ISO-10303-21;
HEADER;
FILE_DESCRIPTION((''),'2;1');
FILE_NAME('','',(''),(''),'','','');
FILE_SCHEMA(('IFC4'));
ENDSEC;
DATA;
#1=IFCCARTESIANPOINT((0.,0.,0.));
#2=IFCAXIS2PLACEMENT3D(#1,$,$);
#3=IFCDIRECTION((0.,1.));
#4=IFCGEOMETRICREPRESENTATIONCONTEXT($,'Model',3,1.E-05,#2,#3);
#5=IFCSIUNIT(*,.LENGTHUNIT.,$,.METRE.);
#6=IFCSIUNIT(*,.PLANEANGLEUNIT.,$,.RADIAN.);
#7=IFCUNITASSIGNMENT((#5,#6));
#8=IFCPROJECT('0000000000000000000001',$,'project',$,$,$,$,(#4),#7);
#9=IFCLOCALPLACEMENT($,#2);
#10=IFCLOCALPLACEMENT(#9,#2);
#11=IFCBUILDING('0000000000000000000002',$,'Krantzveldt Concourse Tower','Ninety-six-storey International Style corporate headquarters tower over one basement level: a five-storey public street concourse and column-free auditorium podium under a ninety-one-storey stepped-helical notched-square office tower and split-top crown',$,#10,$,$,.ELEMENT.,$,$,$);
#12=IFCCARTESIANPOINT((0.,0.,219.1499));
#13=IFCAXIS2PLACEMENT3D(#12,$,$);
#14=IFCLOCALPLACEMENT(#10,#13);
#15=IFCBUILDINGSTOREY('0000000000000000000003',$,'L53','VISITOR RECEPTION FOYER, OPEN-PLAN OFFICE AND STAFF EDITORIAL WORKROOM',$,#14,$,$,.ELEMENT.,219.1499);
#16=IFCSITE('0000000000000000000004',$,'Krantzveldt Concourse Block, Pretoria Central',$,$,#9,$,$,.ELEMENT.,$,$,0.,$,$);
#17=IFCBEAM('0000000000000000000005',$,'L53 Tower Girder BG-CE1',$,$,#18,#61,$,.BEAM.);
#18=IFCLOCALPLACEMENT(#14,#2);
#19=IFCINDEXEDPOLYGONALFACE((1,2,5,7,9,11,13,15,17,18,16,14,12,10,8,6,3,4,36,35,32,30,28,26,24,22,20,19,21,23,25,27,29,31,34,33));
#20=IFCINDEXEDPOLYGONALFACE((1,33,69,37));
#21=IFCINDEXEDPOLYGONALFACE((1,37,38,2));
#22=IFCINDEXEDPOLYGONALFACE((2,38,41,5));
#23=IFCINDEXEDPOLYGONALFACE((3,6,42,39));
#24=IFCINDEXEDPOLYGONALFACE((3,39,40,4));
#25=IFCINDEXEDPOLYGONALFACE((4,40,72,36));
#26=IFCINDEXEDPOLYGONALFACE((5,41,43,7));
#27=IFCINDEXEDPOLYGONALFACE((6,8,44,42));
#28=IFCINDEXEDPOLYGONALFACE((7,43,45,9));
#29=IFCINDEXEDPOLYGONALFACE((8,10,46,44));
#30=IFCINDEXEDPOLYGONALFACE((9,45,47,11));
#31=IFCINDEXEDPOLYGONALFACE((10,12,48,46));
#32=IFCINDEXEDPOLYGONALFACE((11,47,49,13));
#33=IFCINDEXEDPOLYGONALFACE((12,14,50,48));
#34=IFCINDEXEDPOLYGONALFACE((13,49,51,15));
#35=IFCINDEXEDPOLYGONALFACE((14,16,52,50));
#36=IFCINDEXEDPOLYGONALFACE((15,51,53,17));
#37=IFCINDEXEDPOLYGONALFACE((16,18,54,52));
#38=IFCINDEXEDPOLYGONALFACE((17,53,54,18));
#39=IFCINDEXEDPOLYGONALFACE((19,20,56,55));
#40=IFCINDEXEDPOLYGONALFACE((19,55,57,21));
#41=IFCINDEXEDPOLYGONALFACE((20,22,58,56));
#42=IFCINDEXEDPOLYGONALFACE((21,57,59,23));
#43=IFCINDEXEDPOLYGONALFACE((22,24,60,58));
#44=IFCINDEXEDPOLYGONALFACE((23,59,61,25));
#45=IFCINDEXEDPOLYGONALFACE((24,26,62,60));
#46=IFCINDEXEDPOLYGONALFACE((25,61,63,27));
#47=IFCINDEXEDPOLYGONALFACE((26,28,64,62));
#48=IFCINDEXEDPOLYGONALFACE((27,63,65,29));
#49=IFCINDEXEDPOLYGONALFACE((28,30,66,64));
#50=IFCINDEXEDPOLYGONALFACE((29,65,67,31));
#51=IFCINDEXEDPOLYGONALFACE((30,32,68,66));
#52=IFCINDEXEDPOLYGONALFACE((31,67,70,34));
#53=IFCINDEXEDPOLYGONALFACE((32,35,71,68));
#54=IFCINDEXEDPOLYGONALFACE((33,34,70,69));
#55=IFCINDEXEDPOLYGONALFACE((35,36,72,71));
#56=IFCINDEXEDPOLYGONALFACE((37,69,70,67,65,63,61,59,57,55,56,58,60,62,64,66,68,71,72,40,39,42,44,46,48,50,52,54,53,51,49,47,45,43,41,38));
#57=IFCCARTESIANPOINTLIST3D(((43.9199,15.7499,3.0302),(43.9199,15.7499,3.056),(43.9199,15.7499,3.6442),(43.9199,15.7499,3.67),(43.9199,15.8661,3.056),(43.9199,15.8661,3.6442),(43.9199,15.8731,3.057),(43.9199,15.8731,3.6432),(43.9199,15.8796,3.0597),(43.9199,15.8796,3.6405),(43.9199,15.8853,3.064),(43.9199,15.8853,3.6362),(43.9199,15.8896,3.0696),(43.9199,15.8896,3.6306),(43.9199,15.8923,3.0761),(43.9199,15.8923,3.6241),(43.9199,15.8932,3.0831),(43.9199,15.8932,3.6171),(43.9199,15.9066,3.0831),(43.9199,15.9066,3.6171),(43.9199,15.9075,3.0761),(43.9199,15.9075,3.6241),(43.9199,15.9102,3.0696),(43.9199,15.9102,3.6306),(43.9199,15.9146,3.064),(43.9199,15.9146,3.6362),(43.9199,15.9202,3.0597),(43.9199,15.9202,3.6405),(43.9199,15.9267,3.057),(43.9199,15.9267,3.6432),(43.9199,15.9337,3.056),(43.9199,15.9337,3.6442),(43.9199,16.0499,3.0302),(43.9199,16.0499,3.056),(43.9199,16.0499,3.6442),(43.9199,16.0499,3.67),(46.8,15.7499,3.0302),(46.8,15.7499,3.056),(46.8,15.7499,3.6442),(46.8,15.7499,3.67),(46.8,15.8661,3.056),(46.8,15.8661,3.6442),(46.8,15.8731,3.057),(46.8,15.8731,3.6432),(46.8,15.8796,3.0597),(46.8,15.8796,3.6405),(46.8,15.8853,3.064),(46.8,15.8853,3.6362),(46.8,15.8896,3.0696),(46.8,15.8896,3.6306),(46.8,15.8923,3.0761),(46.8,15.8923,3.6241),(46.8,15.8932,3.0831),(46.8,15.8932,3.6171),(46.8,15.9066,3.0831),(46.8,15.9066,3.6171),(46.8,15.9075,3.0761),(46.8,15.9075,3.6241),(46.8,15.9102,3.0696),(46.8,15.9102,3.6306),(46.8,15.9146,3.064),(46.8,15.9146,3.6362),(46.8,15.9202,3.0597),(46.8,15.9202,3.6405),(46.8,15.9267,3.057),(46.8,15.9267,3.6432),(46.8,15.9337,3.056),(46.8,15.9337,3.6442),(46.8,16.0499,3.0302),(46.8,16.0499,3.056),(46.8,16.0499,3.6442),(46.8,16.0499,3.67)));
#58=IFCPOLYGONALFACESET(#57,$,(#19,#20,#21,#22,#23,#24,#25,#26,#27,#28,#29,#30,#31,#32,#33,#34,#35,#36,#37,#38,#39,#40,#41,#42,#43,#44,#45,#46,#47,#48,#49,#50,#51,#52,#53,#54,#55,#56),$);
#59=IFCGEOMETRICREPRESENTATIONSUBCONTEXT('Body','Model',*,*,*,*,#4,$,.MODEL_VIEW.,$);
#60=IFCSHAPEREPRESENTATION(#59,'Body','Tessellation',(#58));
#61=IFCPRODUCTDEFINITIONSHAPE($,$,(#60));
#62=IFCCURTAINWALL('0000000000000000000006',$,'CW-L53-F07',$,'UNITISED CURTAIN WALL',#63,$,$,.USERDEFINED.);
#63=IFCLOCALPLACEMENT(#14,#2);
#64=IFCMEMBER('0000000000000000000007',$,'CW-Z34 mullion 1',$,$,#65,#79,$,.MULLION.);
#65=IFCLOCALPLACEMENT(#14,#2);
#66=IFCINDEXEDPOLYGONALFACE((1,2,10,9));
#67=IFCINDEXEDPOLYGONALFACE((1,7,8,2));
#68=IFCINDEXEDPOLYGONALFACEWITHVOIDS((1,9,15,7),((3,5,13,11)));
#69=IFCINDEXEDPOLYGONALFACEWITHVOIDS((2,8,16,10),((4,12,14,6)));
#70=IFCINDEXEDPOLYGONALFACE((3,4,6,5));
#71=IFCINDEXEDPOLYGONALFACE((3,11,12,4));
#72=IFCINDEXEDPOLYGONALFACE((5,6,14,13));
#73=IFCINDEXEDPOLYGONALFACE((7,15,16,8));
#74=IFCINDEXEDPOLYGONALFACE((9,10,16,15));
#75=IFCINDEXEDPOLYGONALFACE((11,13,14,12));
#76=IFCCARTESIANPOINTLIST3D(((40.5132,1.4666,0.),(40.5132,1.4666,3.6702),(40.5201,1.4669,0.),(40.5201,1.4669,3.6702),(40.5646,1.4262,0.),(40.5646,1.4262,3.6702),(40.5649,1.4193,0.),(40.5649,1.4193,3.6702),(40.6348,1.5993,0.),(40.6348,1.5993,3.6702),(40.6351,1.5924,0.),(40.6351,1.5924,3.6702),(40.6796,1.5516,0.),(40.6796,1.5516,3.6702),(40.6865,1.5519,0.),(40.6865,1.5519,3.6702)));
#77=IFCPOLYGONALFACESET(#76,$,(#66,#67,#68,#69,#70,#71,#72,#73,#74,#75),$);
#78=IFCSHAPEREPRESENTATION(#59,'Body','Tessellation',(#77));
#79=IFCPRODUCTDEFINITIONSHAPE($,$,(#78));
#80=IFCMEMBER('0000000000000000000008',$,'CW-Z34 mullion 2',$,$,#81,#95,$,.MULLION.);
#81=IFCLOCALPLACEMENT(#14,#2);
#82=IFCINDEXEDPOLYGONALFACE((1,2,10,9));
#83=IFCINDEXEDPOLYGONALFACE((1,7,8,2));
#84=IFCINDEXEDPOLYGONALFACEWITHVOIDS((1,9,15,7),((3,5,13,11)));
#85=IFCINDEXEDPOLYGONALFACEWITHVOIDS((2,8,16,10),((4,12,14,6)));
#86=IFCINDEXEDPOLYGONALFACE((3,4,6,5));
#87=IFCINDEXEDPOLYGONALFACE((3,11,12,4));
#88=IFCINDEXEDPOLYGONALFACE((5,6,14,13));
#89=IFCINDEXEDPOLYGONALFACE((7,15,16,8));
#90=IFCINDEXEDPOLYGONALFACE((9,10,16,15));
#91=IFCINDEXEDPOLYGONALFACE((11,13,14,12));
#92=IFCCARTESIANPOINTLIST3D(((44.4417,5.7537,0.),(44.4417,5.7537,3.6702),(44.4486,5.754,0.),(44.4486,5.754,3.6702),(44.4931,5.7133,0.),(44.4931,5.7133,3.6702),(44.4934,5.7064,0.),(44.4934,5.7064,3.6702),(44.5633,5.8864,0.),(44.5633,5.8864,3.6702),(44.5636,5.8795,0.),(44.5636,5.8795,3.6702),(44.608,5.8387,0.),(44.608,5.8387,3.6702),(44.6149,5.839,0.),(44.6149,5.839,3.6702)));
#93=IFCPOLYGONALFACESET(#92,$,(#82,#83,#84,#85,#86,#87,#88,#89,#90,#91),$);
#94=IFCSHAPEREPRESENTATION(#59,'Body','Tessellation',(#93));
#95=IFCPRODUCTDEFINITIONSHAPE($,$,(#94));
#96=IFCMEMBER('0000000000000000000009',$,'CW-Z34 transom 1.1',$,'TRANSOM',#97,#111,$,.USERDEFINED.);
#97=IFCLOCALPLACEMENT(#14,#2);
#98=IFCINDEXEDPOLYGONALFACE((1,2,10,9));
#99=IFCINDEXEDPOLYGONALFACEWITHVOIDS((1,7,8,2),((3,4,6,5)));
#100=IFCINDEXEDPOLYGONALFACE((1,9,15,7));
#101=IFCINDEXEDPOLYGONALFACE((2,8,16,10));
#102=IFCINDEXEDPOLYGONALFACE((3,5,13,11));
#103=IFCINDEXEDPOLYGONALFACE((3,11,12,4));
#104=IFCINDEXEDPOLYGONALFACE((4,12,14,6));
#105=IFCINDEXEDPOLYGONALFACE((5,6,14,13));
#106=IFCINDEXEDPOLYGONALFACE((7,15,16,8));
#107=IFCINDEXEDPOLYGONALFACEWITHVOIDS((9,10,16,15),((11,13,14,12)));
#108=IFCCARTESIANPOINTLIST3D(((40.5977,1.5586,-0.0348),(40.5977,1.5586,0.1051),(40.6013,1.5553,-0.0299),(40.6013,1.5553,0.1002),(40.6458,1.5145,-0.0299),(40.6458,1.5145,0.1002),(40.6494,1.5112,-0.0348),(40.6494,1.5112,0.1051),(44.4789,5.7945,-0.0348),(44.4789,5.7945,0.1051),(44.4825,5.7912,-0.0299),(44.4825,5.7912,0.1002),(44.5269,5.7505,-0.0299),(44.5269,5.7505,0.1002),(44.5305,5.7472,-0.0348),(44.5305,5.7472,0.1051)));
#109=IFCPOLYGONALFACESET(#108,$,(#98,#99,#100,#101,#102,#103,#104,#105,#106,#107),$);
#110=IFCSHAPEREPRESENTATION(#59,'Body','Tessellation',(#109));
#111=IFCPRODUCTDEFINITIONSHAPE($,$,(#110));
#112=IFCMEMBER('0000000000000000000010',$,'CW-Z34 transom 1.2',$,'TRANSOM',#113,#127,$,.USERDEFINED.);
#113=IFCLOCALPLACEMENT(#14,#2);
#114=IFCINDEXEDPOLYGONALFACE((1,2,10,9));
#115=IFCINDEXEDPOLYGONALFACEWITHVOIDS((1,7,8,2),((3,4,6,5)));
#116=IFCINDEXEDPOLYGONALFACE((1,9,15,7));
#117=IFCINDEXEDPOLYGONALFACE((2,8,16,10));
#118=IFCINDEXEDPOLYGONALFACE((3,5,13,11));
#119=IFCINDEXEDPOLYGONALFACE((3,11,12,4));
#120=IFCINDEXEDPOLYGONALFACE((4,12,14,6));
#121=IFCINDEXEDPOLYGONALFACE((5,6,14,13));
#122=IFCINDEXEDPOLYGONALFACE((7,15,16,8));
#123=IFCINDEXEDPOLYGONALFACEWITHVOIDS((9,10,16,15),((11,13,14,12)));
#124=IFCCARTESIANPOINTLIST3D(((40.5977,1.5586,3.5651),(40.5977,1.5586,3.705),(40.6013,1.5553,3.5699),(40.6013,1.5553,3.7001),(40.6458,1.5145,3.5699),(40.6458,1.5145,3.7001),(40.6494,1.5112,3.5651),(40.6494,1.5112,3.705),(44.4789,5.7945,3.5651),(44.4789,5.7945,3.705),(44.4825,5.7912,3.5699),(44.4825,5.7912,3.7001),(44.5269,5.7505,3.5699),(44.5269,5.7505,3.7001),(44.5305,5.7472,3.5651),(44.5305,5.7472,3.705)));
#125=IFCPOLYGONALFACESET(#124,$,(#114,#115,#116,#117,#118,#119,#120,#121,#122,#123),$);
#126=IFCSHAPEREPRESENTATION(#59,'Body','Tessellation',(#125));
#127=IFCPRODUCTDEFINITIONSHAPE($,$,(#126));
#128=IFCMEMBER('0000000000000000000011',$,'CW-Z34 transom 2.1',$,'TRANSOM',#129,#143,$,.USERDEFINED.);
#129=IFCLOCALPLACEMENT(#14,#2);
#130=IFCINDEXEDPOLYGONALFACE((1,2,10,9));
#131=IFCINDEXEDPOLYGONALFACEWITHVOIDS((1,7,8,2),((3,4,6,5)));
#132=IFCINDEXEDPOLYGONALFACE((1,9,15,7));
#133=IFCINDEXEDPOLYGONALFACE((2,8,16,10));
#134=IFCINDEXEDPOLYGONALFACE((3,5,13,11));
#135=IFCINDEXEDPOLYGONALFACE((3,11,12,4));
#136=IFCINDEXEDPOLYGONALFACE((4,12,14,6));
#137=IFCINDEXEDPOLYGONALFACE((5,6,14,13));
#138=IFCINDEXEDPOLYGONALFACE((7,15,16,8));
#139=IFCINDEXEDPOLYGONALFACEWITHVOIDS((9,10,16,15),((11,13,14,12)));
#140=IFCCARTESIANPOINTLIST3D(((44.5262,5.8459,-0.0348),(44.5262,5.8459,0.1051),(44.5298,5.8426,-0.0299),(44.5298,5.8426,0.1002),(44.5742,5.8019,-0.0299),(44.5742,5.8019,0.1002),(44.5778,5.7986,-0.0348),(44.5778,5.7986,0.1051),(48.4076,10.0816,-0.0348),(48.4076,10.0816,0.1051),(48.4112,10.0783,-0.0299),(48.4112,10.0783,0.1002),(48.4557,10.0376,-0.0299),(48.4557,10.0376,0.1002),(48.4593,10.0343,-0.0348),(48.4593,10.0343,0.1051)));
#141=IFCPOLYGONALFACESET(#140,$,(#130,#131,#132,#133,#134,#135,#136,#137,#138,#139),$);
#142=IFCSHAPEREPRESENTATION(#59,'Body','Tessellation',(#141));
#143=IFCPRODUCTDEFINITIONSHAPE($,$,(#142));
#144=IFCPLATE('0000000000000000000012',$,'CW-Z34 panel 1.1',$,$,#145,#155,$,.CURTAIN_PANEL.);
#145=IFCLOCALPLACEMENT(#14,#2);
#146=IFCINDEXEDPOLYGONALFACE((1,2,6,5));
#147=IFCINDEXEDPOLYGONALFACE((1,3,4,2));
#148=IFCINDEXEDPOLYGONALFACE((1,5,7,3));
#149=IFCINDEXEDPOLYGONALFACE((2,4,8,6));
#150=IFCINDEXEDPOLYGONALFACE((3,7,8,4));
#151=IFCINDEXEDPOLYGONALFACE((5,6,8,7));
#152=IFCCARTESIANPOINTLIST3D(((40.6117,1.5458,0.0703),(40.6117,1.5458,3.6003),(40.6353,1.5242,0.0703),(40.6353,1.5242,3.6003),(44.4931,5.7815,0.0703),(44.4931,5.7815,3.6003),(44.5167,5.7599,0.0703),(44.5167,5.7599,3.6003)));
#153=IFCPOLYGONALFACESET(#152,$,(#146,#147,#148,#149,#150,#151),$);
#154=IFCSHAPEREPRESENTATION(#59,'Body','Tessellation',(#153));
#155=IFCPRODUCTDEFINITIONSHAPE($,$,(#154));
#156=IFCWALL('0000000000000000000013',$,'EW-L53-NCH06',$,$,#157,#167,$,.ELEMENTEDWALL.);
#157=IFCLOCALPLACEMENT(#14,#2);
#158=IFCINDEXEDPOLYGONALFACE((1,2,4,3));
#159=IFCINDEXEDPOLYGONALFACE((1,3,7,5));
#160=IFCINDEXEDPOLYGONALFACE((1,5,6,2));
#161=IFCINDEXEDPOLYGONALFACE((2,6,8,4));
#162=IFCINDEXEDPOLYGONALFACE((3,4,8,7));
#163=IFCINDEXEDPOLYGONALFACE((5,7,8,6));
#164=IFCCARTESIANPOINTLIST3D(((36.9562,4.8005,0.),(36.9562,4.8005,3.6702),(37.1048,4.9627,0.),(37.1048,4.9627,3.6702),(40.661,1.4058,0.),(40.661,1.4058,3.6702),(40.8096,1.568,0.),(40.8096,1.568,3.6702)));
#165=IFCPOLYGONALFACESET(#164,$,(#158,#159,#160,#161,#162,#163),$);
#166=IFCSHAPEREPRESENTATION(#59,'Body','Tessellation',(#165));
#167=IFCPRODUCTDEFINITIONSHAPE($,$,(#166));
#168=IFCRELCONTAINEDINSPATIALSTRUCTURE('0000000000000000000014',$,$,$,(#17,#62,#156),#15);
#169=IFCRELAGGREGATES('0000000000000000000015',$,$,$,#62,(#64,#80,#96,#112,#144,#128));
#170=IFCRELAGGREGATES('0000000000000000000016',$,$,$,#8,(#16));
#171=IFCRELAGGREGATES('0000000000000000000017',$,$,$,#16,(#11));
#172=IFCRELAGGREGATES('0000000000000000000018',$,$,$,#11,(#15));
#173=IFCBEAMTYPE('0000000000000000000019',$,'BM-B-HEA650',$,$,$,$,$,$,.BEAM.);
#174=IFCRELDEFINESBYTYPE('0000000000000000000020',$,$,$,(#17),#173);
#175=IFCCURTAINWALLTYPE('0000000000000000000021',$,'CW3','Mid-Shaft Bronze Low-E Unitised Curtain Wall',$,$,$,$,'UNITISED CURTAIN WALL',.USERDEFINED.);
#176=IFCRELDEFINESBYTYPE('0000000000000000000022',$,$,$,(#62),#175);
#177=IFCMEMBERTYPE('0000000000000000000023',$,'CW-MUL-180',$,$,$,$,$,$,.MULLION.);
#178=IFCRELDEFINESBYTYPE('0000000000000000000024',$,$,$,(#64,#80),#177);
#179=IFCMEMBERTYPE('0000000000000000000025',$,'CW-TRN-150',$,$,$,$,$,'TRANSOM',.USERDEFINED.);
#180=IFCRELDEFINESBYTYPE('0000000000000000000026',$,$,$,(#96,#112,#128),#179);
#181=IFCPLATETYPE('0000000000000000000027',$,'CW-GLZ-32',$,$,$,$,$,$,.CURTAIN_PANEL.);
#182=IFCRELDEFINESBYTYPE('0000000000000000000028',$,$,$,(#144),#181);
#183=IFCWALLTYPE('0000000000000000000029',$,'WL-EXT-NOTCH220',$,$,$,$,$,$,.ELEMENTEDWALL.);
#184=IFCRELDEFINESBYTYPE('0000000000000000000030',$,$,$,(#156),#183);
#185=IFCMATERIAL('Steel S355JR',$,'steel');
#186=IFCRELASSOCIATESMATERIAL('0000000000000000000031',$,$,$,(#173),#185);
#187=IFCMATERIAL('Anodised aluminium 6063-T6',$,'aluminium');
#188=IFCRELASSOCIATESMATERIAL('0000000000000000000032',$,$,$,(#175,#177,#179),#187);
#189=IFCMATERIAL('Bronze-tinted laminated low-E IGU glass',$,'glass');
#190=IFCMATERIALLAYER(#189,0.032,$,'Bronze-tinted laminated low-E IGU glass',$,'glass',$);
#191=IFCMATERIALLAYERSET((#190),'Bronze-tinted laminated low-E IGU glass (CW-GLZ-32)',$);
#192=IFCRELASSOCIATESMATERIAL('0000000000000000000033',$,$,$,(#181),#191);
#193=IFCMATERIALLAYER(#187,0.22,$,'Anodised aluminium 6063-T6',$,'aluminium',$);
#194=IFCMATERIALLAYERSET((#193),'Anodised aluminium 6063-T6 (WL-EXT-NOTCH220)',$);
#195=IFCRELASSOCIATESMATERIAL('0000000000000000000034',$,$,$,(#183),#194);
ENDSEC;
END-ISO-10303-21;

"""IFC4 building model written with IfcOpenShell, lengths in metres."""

from ifc_helpers import new_model, si_unit, direction, frame, frame_2d, origin, origin_2d, place, context, subcontext, project, spatial, rectangle, hollow_rectangle, i_section, extrude, source, transform, mapped, material, layer, layer_set, material_profile, profile_set, type_object, type_shapes, element, aggregate, save


model = new_model("IFC4")

# Units and contexts
model_context = context("Model", 3, precision=1e-05, world=origin(), true_north=direction((0.0, 1.0)))
body_context = subcontext(model_context, "Body", "Model", "MODEL_VIEW")
ifc_project = project(units=[si_unit("LENGTHUNIT", "METRE"), si_unit("PLANEANGLEUNIT", "RADIAN")], contexts=[model_context])

# Site, building, storey
site_placement = place(None, origin())
site = spatial("IfcSite", under=ifc_project, at=site_placement, Name="Krantzveldt Concourse Block, Pretoria Central", CompositionType="ELEMENT", RefElevation=0.0)
building_placement = place(site_placement, origin())
building = spatial("IfcBuilding", under=site, at=building_placement, Name="Krantzveldt Concourse Tower", Description="Ninety-six-storey International Style corporate headquarters tower over one basement level: a five-storey public street concourse and column-free auditorium podium under a ninety-one-storey stepped-helical notched-square office tower and split-top crown", CompositionType="ELEMENT")
storey_placement = place(building_placement, frame((0.0, 0.0, 219.1499)))
storey = spatial("IfcBuildingStorey", under=building, at=storey_placement, Name="L53", Description="VISITOR RECEPTION FOYER, OPEN-PLAN OFFICE AND STAFF EDITORIAL WORKROOM", CompositionType="ELEMENT", Elevation=219.1499)

# Beam
ifc_material_1 = material(Name="Steel S355JR", Category="steel")
ifc_material_profile_1 = material_profile(ifc_material_1, i_section(OverallWidth=0.3, OverallDepth=0.6399, WebThickness=0.0134, FlangeThickness=0.0259, FilletRadius=0.0271, at=origin_2d()), Name="Steel S355JR", Category="steel")
ifc_profile_set_1 = profile_set([ifc_material_profile_1], Name="Steel S355JR - HEA 650")
beam_type = type_object("IfcBeamType", Name="BM-B-HEA650", PredefinedType="BEAM", material=ifc_profile_set_1)
shared_shape_1 = source(origin(), body_context, "Body", "SweptSolid", [
    extrude(i_section(OverallWidth=0.3, OverallDepth=0.6399, WebThickness=0.0134, FlangeThickness=0.0259, FilletRadius=0.0271, at=origin_2d()), origin(), (0.0, 0.0, 1.0), 2.8801),
])
type_shapes(beam_type, [shared_shape_1])
beam_placement = place(storey_placement, frame((43.9199, 15.8999, 3.3501), z_axis=(1.0, 0.0, 0.0), x_axis=(0.0, 1.0, 0.0)))
element("IfcBeam", 1, at=beam_placement, inside=storey, type_object=beam_type, Name="L53 Tower Girder BG-CE1", PredefinedType="BEAM", context=body_context, shape_type="MappedRepresentation", body=[
    mapped(shared_shape_1, transform((0.0, 0.0, 0.0), x_axis=(1.0, 0.0, 0.0), y_axis=(0.0, 1.0, 0.0), z_axis=(0.0, 0.0, 1.0), scale=1.0)),
])

# Curtain wall, members, plate
ifc_material_2 = material(Name="Anodised aluminium 6063-T6", Category="aluminium")
curtain_wall_type = type_object("IfcCurtainWallType", Name="CW3", Description="Mid-Shaft Bronze Low-E Unitised Curtain Wall", ElementType="UNITISED CURTAIN WALL", PredefinedType="USERDEFINED", material=ifc_material_2)
curtain_wall_placement = place(storey_placement, origin())
curtain_wall = element("IfcCurtainWall", 2, at=curtain_wall_placement, inside=storey, type_object=curtain_wall_type, Name="CW-L53-F07", ObjectType="UNITISED CURTAIN WALL", PredefinedType="USERDEFINED")
ifc_material_profile_2 = material_profile(ifc_material_2, hollow_rectangle(XDim=0.0701, YDim=0.1799, WallThickness=0.0049, at=origin_2d()), Name="Anodised aluminium 6063-T6", Category="aluminium")
ifc_profile_set_2 = profile_set([ifc_material_profile_2], Name="Anodised aluminium 6063-T6 - ALU-MULL 180x70x5")
member_type_1 = type_object("IfcMemberType", Name="CW-MUL-180", PredefinedType="MULLION", material=ifc_profile_set_2)
shared_shape_2 = source(origin(), body_context, "Body", "SweptSolid", [
    extrude(hollow_rectangle(XDim=0.0701, YDim=0.1799, WallThickness=0.0049, at=origin_2d()), origin(), (0.0, 0.0, 1.0), 3.6702),
])
type_shapes(member_type_1, [shared_shape_2])
member_1_placement = place(storey_placement, frame((40.5999, 1.5093, 0.0), z_axis=(0.0, 0.0, 1.0), x_axis=(-0.737278, 0.67559, 0.0)))
member_1 = element("IfcMember", 3, at=member_1_placement, type_object=member_type_1, Name="CW-Z34 mullion 1", PredefinedType="MULLION", context=body_context, shape_type="MappedRepresentation", body=[
    mapped(shared_shape_2, transform((0.0, 0.0, 0.0), x_axis=(1.0, 0.0, 0.0), y_axis=(0.0, 1.0, 0.0), z_axis=(0.0, 0.0, 1.0), scale=1.0)),
])
member_2_placement = place(storey_placement, frame((44.5283, 5.7964, 0.0), z_axis=(0.0, 0.0, 1.0), x_axis=(-0.737278, 0.67559, 0.0)))
member_2 = element("IfcMember", 4, at=member_2_placement, type_object=member_type_1, Name="CW-Z34 mullion 2", PredefinedType="MULLION", context=body_context, shape_type="MappedRepresentation", body=[
    mapped(shared_shape_2, transform((0.0, 0.0, 0.0), x_axis=(1.0, 0.0, 0.0), y_axis=(0.0, 1.0, 0.0), z_axis=(0.0, 0.0, 1.0), scale=1.0)),
])
ifc_material_profile_3 = material_profile(ifc_material_2, hollow_rectangle(XDim=0.0701, YDim=0.1399, WallThickness=0.0049, at=origin_2d()), Name="Anodised aluminium 6063-T6", Category="aluminium")
ifc_profile_set_3 = profile_set([ifc_material_profile_3], Name="Anodised aluminium 6063-T6 - ALU-TRAN 140x70x5")
member_type_2 = type_object("IfcMemberType", Name="CW-TRN-150", ElementType="TRANSOM", PredefinedType="USERDEFINED", material=ifc_profile_set_3)
shared_shape_3 = source(origin(), body_context, "Body", "SweptSolid", [
    extrude(hollow_rectangle(XDim=0.0701, YDim=0.1399, WallThickness=0.0049, at=origin_2d()), origin(), (0.0, 0.0, 1.0), 5.7451),
])
type_shapes(member_type_2, [shared_shape_3])
member_3_placement = place(storey_placement, frame((40.6235, 1.5349, 0.0352), z_axis=(0.675559, 0.737306, 0.0), x_axis=(-0.737306, 0.675559, 0.0)))
member_3 = element("IfcMember", 5, at=member_3_placement, type_object=member_type_2, Name="CW-Z34 transom 1.1", ObjectType="TRANSOM", PredefinedType="USERDEFINED", context=body_context, shape_type="MappedRepresentation", body=[
    mapped(shared_shape_3, transform((0.0, 0.0, 0.0), x_axis=(1.0, 0.0, 0.0), y_axis=(0.0, 1.0, 0.0), z_axis=(0.0, 0.0, 1.0), scale=1.0)),
])
member_4_placement = place(storey_placement, frame((40.6235, 1.5349, 3.635), z_axis=(0.675559, 0.737306, 0.0), x_axis=(-0.737306, 0.675559, 0.0)))
member_4 = element("IfcMember", 6, at=member_4_placement, type_object=member_type_2, Name="CW-Z34 transom 1.2", ObjectType="TRANSOM", PredefinedType="USERDEFINED", context=body_context, shape_type="MappedRepresentation", body=[
    mapped(shared_shape_3, transform((0.0, 0.0, 0.0), x_axis=(1.0, 0.0, 0.0), y_axis=(0.0, 1.0, 0.0), z_axis=(0.0, 0.0, 1.0), scale=1.0)),
])
member_5_placement = place(storey_placement, frame((44.552, 5.8223, 0.0352), z_axis=(0.675603, 0.737265, 0.0), x_axis=(-0.737265, 0.675603, 0.0)))
member_5 = element("IfcMember", 7, at=member_5_placement, type_object=member_type_2, Name="CW-Z34 transom 2.1", ObjectType="TRANSOM", PredefinedType="USERDEFINED", context=body_context, shape_type="MappedRepresentation", body=[
    mapped(shared_shape_3, transform((0.0, 0.0, 0.0), x_axis=(1.0, 0.0, 0.0), y_axis=(0.0, 1.0, 0.0), z_axis=(0.0, 0.0, 1.0), scale=1.0)),
])
ifc_material_3 = material(Name="Bronze-tinted laminated low-E IGU glass", Category="glass")
ifc_layer_1 = layer(ifc_material_3, 0.032, Name="Bronze-tinted laminated low-E IGU glass", Category="glass")
ifc_layer_set_1 = layer_set([ifc_layer_1], Name="Bronze-tinted laminated low-E IGU glass (CW-GLZ-32)")
plate_type = type_object("IfcPlateType", Name="CW-GLZ-32", PredefinedType="CURTAIN_PANEL", material=ifc_layer_set_1)
shared_shape_4 = source(origin(), body_context, "Body", "SweptSolid", [
    extrude(rectangle(XDim=5.7451, YDim=0.032, at=origin_2d()), origin(), (0.0, 0.0, 1.0), 3.53),
])
type_shapes(plate_type, [shared_shape_4])
plate_placement = place(storey_placement, frame((42.5642, 3.6528, 0.0703), z_axis=(0.0, 0.0, 1.0), x_axis=(0.67559, 0.737278, 0.0)))
plate = element("IfcPlate", 8, at=plate_placement, type_object=plate_type, Name="CW-Z34 panel 1.1", PredefinedType="CURTAIN_PANEL", context=body_context, shape_type="MappedRepresentation", body=[
    mapped(shared_shape_4, transform((0.0, 0.0, 0.0), x_axis=(1.0, 0.0, 0.0), y_axis=(0.0, 1.0, 0.0), z_axis=(0.0, 0.0, 1.0), scale=1.0)),
])
aggregate(curtain_wall, [member_1, member_2, member_3, member_4, plate, member_5])

# Wall
ifc_layer_2 = layer(ifc_material_2, 0.22, Name="Anodised aluminium 6063-T6", Category="aluminium")
ifc_layer_set_2 = layer_set([ifc_layer_2], Name="Anodised aluminium 6063-T6 (WL-EXT-NOTCH220)")
wall_type_1 = type_object("IfcWallType", Name="WL-EXT-NOTCH220", PredefinedType="ELEMENTEDWALL", material=ifc_layer_set_2)
wall_1_placement = place(storey_placement, frame((37.0305, 4.8816, 0.0), z_axis=(0.0, 0.0, 1.0), x_axis=(0.737285, -0.675582, 0.0)))
element("IfcWall", 9, at=wall_1_placement, inside=storey, type_object=wall_type_1, Name="EW-L53-NCH06", PredefinedType="ELEMENTEDWALL", context=body_context, shape_type="SweptSolid", body=[
    extrude(rectangle(XDim=5.0249, YDim=0.22, at=frame_2d((2.5125, 0.0))), origin(), (0.0, 0.0, 1.0), 3.6702),
])

save(model, "model.ifc")
